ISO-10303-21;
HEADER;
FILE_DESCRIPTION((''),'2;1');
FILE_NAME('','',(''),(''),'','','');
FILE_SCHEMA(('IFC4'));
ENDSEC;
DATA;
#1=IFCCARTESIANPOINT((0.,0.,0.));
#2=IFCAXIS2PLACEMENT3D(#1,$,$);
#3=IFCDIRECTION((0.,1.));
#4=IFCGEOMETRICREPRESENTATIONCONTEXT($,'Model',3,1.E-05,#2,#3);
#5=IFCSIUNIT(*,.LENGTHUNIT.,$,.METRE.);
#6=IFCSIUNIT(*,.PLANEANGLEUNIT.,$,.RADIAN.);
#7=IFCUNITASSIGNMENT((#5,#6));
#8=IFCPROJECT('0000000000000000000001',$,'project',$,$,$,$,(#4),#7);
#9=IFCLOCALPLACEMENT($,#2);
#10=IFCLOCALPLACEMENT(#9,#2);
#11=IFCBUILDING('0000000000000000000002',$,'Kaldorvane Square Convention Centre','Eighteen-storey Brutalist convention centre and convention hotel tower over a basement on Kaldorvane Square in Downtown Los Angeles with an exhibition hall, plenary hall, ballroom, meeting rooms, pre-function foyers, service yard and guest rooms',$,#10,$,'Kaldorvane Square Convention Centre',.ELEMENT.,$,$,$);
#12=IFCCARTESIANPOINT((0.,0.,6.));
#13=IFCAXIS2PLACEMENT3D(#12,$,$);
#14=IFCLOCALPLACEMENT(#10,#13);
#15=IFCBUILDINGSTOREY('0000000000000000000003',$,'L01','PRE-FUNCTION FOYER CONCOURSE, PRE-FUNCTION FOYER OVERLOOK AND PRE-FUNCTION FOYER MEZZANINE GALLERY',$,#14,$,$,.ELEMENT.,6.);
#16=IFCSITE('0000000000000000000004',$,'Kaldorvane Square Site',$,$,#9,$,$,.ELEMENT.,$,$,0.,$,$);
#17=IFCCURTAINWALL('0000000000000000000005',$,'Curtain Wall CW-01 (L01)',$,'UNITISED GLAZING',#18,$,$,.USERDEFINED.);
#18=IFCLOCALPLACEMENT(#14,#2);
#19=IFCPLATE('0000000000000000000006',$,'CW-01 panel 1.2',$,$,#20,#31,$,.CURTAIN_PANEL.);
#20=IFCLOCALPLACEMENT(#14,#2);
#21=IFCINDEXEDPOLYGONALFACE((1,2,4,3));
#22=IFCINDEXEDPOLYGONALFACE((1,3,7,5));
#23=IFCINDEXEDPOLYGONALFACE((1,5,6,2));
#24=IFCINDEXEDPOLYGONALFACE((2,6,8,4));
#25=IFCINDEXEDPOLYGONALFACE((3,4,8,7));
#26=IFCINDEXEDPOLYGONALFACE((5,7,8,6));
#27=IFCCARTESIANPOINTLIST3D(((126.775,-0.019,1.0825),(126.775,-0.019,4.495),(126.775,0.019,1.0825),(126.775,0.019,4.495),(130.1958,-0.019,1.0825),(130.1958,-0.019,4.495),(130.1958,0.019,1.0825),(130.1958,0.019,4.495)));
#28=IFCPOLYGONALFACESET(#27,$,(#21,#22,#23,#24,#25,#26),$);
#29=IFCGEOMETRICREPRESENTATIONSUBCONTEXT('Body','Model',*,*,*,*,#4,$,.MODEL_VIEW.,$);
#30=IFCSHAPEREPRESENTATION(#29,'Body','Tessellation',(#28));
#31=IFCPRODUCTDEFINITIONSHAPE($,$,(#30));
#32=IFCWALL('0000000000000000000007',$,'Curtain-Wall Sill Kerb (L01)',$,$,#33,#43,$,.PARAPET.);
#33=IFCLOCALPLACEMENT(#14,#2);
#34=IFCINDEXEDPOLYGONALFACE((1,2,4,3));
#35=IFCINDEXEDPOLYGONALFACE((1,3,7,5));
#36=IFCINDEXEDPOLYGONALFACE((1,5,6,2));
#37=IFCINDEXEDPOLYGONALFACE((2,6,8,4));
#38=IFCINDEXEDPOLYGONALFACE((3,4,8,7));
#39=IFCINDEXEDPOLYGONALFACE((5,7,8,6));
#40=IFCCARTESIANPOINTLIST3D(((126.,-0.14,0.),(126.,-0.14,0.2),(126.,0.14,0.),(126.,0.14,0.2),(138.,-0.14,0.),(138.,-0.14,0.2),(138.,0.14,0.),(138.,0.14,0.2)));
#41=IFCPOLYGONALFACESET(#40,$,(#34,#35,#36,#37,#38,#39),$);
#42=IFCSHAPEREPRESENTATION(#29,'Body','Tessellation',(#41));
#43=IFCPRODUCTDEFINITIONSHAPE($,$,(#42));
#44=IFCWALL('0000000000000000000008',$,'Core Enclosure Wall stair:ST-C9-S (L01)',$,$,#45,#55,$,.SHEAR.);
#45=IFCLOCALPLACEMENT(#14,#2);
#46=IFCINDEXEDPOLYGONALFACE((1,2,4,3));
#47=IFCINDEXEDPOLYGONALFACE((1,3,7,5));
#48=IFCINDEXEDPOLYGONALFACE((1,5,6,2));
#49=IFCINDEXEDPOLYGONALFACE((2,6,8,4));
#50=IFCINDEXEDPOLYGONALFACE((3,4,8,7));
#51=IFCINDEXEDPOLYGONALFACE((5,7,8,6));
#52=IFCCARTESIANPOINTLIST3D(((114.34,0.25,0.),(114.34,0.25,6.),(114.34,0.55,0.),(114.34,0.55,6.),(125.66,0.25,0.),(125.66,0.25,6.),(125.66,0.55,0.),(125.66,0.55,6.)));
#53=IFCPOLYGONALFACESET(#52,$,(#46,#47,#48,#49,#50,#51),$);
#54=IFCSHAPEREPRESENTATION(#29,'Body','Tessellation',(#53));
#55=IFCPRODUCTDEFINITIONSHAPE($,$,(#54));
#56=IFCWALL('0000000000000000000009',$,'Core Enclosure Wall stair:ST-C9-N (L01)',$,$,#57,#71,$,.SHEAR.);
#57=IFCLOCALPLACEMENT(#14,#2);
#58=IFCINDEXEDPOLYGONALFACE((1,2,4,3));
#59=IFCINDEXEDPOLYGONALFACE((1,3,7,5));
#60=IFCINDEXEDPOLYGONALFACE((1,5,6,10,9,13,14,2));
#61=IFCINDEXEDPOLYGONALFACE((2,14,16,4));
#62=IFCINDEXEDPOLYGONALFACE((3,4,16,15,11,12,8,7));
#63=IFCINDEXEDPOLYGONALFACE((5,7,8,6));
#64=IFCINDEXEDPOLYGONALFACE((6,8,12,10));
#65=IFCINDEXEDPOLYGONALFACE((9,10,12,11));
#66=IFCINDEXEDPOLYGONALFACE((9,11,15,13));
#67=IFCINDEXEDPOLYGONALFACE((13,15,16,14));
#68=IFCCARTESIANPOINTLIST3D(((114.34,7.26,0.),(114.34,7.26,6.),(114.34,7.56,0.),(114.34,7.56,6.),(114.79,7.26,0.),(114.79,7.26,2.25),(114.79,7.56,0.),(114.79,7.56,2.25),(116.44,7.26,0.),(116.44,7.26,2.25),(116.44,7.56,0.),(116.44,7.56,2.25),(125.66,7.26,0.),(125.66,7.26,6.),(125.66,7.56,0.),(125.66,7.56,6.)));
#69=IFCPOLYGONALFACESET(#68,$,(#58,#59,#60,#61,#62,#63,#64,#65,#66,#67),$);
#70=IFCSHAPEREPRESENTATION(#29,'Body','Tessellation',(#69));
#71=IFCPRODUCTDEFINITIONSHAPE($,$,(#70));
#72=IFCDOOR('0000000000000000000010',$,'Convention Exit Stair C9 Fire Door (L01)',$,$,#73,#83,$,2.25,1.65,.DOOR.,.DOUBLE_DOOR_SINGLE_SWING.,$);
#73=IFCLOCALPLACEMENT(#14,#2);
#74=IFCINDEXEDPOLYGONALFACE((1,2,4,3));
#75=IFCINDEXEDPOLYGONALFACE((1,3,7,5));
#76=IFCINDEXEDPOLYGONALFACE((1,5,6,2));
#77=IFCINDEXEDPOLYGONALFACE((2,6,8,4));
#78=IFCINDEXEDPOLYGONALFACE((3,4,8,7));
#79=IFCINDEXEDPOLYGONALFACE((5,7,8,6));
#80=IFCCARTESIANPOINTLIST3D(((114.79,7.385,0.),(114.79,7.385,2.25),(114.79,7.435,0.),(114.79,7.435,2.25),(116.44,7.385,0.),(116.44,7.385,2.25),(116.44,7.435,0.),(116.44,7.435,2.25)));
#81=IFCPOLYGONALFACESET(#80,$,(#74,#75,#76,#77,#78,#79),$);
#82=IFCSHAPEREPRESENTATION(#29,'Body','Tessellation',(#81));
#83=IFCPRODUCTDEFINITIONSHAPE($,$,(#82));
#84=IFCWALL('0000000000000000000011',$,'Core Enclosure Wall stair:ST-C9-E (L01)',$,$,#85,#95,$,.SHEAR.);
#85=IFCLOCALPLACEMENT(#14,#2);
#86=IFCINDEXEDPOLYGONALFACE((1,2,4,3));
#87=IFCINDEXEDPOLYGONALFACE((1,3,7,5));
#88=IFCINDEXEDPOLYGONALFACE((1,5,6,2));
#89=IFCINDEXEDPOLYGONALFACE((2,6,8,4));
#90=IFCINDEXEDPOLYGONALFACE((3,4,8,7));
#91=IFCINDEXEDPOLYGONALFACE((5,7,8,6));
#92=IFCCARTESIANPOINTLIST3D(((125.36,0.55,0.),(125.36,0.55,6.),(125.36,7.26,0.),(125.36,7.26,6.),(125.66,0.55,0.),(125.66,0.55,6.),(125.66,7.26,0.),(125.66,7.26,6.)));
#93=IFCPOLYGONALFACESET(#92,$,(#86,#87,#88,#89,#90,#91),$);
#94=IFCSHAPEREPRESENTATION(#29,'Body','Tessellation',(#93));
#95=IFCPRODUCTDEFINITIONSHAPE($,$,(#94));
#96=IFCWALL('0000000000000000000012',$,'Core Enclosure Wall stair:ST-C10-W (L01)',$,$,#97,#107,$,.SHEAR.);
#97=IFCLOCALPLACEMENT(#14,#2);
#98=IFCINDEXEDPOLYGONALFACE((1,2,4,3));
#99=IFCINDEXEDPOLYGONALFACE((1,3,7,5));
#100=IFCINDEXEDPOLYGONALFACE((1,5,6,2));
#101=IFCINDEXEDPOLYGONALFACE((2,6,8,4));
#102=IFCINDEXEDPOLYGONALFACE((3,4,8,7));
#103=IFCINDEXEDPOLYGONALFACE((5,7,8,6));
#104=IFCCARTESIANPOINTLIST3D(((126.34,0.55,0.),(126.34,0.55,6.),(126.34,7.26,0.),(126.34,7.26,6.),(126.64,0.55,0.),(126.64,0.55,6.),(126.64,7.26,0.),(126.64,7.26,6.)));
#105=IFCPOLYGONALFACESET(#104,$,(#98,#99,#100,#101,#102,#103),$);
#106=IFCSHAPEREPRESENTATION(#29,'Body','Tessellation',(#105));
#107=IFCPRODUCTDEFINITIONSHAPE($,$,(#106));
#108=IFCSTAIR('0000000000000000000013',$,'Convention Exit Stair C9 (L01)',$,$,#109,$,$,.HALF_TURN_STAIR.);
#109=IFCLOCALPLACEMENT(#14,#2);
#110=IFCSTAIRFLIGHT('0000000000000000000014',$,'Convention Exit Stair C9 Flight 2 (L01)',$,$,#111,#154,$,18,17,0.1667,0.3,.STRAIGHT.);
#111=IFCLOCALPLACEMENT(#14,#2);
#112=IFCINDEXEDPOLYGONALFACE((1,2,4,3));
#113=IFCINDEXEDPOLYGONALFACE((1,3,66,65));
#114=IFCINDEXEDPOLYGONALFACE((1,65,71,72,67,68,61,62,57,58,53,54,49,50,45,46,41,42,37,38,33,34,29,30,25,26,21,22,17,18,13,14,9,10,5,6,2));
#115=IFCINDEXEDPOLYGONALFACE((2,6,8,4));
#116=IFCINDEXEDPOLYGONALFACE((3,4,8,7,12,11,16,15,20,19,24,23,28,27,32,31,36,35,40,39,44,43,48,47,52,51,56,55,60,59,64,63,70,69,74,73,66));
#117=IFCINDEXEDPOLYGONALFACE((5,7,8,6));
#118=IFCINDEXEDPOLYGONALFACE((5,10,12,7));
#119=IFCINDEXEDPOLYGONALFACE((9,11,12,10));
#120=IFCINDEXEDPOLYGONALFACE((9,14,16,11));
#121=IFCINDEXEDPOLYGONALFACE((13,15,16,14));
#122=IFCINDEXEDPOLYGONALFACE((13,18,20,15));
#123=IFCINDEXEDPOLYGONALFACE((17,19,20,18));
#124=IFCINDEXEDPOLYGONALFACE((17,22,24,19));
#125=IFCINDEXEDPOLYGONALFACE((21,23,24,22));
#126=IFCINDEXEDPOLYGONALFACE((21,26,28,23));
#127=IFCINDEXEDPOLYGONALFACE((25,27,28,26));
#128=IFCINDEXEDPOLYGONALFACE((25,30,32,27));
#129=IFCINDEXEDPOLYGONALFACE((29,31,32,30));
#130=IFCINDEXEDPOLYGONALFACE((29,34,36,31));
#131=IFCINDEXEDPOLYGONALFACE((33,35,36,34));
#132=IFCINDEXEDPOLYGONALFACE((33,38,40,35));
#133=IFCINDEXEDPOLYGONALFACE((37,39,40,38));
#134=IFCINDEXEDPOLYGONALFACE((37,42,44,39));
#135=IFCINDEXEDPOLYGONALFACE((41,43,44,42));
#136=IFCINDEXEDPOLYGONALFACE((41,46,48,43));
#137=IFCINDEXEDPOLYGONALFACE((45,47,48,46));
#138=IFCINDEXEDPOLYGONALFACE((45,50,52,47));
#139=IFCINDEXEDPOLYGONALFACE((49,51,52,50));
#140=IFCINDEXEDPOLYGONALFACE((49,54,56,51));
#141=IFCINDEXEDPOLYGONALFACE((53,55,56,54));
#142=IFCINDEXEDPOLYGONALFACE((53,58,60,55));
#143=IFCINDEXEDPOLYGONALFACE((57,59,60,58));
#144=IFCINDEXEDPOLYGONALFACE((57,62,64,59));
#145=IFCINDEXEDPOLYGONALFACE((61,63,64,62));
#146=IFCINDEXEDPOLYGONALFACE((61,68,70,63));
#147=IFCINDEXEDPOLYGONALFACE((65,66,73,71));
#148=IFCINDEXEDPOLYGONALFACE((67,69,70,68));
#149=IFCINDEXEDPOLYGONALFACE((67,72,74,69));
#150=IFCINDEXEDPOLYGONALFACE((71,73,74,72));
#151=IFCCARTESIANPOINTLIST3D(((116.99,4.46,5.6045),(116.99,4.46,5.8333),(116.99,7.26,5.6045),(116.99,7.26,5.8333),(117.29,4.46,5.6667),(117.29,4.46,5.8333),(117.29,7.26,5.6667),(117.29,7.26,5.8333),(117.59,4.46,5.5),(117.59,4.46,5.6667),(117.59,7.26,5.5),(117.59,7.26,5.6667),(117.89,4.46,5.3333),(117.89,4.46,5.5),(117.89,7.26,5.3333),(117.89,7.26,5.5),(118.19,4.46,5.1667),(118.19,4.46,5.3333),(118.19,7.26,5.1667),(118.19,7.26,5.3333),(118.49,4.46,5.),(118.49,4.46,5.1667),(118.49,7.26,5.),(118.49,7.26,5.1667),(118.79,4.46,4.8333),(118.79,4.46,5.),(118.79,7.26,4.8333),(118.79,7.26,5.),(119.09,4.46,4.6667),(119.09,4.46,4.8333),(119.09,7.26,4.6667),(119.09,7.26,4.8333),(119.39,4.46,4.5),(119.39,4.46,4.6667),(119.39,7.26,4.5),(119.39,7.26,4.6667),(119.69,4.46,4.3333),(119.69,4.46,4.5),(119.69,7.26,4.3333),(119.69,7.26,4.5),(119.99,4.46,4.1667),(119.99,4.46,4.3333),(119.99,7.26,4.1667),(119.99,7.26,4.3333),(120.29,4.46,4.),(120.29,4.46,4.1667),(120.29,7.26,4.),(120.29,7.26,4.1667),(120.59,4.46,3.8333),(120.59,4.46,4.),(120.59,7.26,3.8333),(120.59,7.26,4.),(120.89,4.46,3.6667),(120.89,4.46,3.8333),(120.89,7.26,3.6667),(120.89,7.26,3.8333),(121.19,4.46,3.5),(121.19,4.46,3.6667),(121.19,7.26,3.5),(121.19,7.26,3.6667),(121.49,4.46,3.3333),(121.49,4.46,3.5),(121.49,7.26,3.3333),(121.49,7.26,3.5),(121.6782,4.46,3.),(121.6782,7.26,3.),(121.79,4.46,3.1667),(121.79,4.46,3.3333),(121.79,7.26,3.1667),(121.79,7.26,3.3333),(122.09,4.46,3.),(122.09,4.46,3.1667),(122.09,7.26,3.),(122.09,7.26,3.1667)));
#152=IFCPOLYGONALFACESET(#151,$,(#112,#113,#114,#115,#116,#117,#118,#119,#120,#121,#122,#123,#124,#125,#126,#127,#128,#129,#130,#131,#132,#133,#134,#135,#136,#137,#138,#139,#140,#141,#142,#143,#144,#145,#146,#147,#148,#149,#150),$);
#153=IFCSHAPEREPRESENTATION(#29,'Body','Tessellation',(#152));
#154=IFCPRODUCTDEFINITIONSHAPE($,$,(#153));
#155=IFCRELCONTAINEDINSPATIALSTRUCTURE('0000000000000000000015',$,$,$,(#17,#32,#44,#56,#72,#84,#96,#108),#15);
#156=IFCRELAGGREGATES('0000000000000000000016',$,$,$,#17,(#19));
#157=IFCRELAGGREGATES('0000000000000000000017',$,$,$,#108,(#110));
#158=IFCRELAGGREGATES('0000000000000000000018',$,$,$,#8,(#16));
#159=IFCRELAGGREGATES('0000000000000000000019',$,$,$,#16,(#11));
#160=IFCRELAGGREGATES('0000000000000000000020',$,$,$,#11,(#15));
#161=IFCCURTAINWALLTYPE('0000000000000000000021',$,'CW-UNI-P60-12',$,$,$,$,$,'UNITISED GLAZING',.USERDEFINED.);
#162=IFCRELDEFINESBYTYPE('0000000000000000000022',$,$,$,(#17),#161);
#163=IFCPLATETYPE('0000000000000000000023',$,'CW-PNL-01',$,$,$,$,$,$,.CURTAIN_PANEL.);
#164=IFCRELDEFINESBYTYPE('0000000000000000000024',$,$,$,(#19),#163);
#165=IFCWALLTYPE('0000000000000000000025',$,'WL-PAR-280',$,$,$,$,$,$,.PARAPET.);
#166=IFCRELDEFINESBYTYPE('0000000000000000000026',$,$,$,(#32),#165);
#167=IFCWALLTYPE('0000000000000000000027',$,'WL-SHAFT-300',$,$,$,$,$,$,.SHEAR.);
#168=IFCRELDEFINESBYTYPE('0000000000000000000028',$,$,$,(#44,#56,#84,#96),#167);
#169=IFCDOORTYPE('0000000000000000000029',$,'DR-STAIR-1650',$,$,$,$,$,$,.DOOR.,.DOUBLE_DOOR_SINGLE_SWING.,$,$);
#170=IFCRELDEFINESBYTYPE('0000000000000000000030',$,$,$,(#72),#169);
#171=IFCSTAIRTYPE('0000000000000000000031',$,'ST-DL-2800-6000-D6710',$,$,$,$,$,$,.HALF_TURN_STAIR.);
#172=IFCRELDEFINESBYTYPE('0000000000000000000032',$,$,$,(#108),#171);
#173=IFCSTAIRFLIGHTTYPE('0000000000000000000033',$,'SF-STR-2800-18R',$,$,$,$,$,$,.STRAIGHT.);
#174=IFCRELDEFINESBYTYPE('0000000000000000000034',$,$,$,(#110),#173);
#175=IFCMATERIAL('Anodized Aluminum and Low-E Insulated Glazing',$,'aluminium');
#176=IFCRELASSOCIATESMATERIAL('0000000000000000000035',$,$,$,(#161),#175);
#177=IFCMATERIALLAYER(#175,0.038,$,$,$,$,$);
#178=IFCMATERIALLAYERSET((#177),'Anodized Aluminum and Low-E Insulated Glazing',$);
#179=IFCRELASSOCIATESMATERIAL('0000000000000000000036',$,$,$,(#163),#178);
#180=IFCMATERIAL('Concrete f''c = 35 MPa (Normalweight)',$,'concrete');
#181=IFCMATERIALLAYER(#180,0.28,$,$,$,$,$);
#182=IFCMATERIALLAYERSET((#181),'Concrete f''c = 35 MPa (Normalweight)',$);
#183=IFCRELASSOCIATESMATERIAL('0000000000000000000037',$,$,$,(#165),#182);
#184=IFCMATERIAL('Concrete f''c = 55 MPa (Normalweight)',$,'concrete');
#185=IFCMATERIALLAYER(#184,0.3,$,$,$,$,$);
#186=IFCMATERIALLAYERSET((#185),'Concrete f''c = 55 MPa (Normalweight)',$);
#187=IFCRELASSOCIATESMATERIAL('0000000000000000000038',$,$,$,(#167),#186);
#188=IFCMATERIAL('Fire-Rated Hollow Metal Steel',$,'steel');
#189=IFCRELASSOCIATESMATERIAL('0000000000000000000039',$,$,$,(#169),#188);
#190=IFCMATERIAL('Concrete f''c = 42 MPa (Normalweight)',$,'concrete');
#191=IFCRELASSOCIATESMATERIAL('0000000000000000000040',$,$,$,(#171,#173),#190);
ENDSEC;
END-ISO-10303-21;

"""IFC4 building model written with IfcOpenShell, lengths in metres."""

from ifc_helpers import new_model, si_unit, direction, frame, frame_2d, origin, origin_2d, place, context, subcontext, project, spatial, polyline, rectangle, outline, extrude, material, layer, layer_set, type_object, element, fill, aggregate, save


model = new_model("IFC4")

# Units and contexts
model_context = context("Model", 3, precision=1e-05, world=origin(), true_north=direction((0.0, 1.0)))
body_context = subcontext(model_context, "Body", "Model", "MODEL_VIEW")
ifc_project = project(units=[si_unit("LENGTHUNIT", "METRE"), si_unit("PLANEANGLEUNIT", "RADIAN")], contexts=[model_context])

# Site, building, storey
site_placement = place(None, origin())
site = spatial("IfcSite", under=ifc_project, at=site_placement, Name="Kaldorvane Square Site", CompositionType="ELEMENT", RefElevation=0.0)
building_placement = place(site_placement, origin())
building = spatial("IfcBuilding", under=site, at=building_placement, Name="Kaldorvane Square Convention Centre", Description="Eighteen-storey Brutalist convention centre and convention hotel tower over a basement on Kaldorvane Square in Downtown Los Angeles with an exhibition hall, plenary hall, ballroom, meeting rooms, pre-function foyers, service yard and guest rooms", LongName="Kaldorvane Square Convention Centre", CompositionType="ELEMENT")
storey_placement = place(building_placement, frame((0.0, 0.0, 6.0)))
storey = spatial("IfcBuildingStorey", under=building, at=storey_placement, Name="L01", Description="PRE-FUNCTION FOYER CONCOURSE, PRE-FUNCTION FOYER OVERLOOK AND PRE-FUNCTION FOYER MEZZANINE GALLERY", CompositionType="ELEMENT", Elevation=6.0)

# Shared definitions
ifc_material_1 = material(Name="Concrete f'c = 42 MPa (Normalweight)", Category="concrete")

# Curtain wall, plate
ifc_material_2 = material(Name="Anodized Aluminum and Low-E Insulated Glazing", Category="aluminium")
curtain_wall_type = type_object("IfcCurtainWallType", Name="CW-UNI-P60-12", ElementType="UNITISED GLAZING", PredefinedType="USERDEFINED", material=ifc_material_2)
curtain_wall_placement = place(storey_placement, origin())
curtain_wall = element("IfcCurtainWall", 1, at=curtain_wall_placement, inside=storey, type_object=curtain_wall_type, Name="Curtain Wall CW-01 (L01)", ObjectType="UNITISED GLAZING", PredefinedType="USERDEFINED")
ifc_layer_1 = layer(ifc_material_2, 0.038)
ifc_layer_set_1 = layer_set([ifc_layer_1], Name="Anodized Aluminum and Low-E Insulated Glazing")
plate_type = type_object("IfcPlateType", Name="CW-PNL-01", PredefinedType="CURTAIN_PANEL", material=ifc_layer_set_1)
plate_1_placement = place(storey_placement, frame((128.4854, 0.0, 1.0825), z_axis=(0.0, 0.0, 1.0), x_axis=(1.0, 0.0, 0.0)))
plate_1 = element("IfcPlate", 2, at=plate_1_placement, type_object=plate_type, Name="CW-01 panel 1.2", PredefinedType="CURTAIN_PANEL", context=body_context, shape_type="SweptSolid", body=[
    extrude(rectangle(XDim=3.4208, YDim=0.038, at=origin_2d()), origin(), (0.0, 0.0, 1.0), 3.4125),
])
aggregate(curtain_wall, [plate_1])

# Walls
ifc_material_3 = material(Name="Concrete f'c = 35 MPa (Normalweight)", Category="concrete")
ifc_layer_2 = layer(ifc_material_3, 0.28)
ifc_layer_set_2 = layer_set([ifc_layer_2], Name="Concrete f'c = 35 MPa (Normalweight)")
wall_type_1 = type_object("IfcWallType", Name="WL-PAR-280", PredefinedType="PARAPET", material=ifc_layer_set_2)
wall_1_placement = place(storey_placement, frame((126.0, 0.0, 0.0), z_axis=(0.0, 0.0, 1.0), x_axis=(1.0, 0.0, 0.0)))
element("IfcWall", 3, at=wall_1_placement, inside=storey, type_object=wall_type_1, Name="Curtain-Wall Sill Kerb (L01)", PredefinedType="PARAPET", context=body_context, shape_type="SweptSolid", body=[
    extrude(rectangle(XDim=12.0, YDim=0.28, at=frame_2d((6.0, 0.0))), origin(), (0.0, 0.0, 1.0), 0.2),
])
ifc_material_4 = material(Name="Concrete f'c = 55 MPa (Normalweight)", Category="concrete")
ifc_layer_3 = layer(ifc_material_4, 0.3)
ifc_layer_set_3 = layer_set([ifc_layer_3], Name="Concrete f'c = 55 MPa (Normalweight)")
wall_type_2 = type_object("IfcWallType", Name="WL-SHAFT-300", PredefinedType="SHEAR", material=ifc_layer_set_3)
wall_2_placement = place(storey_placement, frame((125.66, 0.4, 0.0), z_axis=(0.0, 0.0, 1.0), x_axis=(-1.0, 0.0, 0.0)))
element("IfcWall", 4, at=wall_2_placement, inside=storey, type_object=wall_type_2, Name="Core Enclosure Wall stair:ST-C9-S (L01)", PredefinedType="SHEAR", context=body_context, shape_type="SweptSolid", body=[
    extrude(rectangle(XDim=11.32, YDim=0.3, at=frame_2d((5.66, 0.0))), origin(), (0.0, 0.0, 1.0), 6.0),
])

# Wall, opening, door
wall_3_placement = place(storey_placement, frame((125.66, 7.41, 0.0), z_axis=(0.0, 0.0, 1.0), x_axis=(-1.0, 0.0, 0.0)))
wall_3 = element("IfcWall", 5, at=wall_3_placement, inside=storey, type_object=wall_type_2, Name="Core Enclosure Wall stair:ST-C9-N (L01)", PredefinedType="SHEAR", context=body_context, shape_type="SweptSolid", body=[
    extrude(rectangle(XDim=11.32, YDim=0.3, at=frame_2d((5.66, 0.0))), origin(), (0.0, 0.0, 1.0), 6.0),
])
opening_placement = place(wall_3_placement, frame((9.22, 0.0, 0.0)))
opening = element("IfcOpeningElement", 6, at=opening_placement, cuts=wall_3, PredefinedType="OPENING", context=body_context, shape_type="SweptSolid", body=[
    extrude(rectangle(XDim=1.65, YDim=2.25, at=frame_2d((0.825, 1.125))), frame((0.0, 0.165, 0.0), z_axis=(0.0, -1.0, 0.0), x_axis=(1.0, 0.0, 0.0)), (0.0, 0.0, 1.0), 0.33),
])
ifc_material_5 = material(Name="Fire-Rated Hollow Metal Steel", Category="steel")
door_type = type_object("IfcDoorType", Name="DR-STAIR-1650", OperationType="DOUBLE_DOOR_SINGLE_SWING", PredefinedType="DOOR", material=ifc_material_5)
door_placement = place(opening_placement, origin())
door = element("IfcDoor", 7, at=door_placement, inside=storey, type_object=door_type, Name="Convention Exit Stair C9 Fire Door (L01)", OperationType="DOUBLE_DOOR_SINGLE_SWING", OverallHeight=2.25, OverallWidth=1.65, PredefinedType="DOOR", context=body_context, shape_type="SweptSolid", body=[
    extrude(rectangle(XDim=1.65, YDim=2.25, at=frame_2d((0.825, 1.125))), frame((0.0, 0.025, 0.0), z_axis=(0.0, -1.0, 0.0), x_axis=(1.0, 0.0, 0.0)), (0.0, 0.0, 1.0), 0.05),
])
fill(opening, door)

# Walls
for number, where, z_axis, x_axis, name in (
    (8, (125.51, 0.55, 0.0), (0.0, 0.0, 1.0), (0.0, 1.0, 0.0), "Core Enclosure Wall stair:ST-C9-E (L01)"),
    (9, (126.49, 7.26, 0.0), (0.0, 0.0, 1.0), (0.0, -1.0, 0.0), "Core Enclosure Wall stair:ST-C10-W (L01)"),
):
    element("IfcWall", number, at=place(storey_placement, frame(where, z_axis=z_axis, x_axis=x_axis)), inside=storey, type_object=wall_type_2, Name=name, PredefinedType="SHEAR", context=body_context, shape_type="SweptSolid", body=[
        extrude(rectangle(XDim=6.71, YDim=0.3, at=frame_2d((3.355, 0.0))), origin(), (0.0, 0.0, 1.0), 6.0),
    ])

# Stair, stair flight
stair_type = type_object("IfcStairType", Name="ST-DL-2800-6000-D6710", PredefinedType="HALF_TURN_STAIR", material=ifc_material_1)
stair_1_placement = place(storey_placement, origin())
stair_1 = element("IfcStair", 10, at=stair_1_placement, inside=storey, type_object=stair_type, Name="Convention Exit Stair C9 (L01)", PredefinedType="HALF_TURN_STAIR")
stair_flight_type = type_object("IfcStairFlightType", Name="SF-STR-2800-18R", PredefinedType="STRAIGHT", material=ifc_material_1)
stair_flight_1_placement = place(storey_placement, frame((122.09, 5.86, 3.0), z_axis=(0.0, 0.0, 1.0), x_axis=(-1.0, 0.0, 0.0)))
stair_flight_1 = element("IfcStairFlight", 11, at=stair_flight_1_placement, type_object=stair_flight_type, Name="Convention Exit Stair C9 Flight 2 (L01)", NumberOfRisers=18, NumberOfTreads=17, PredefinedType="STRAIGHT", RiserHeight=0.1667, TreadLength=0.3, context=body_context, shape_type="SweptSolid", body=[
    extrude(outline(polyline([(0.0, 0.0), (0.0, 0.1667), (0.3, 0.1667), (0.3, 0.3333), (0.6, 0.3333), (0.6, 0.5), (0.9, 0.5), (0.9, 0.6667), (1.2, 0.6667), (1.2, 0.8333), (1.5, 0.8333), (1.5, 1.0), (1.8, 1.0), (1.8, 1.1667), (2.1, 1.1667), (2.1, 1.3333), (2.4, 1.3333), (2.4, 1.5), (2.7, 1.5), (2.7, 1.6667), (3.0, 1.6667), (3.0, 1.8333), (3.3, 1.8333), (3.3, 2.0), (3.6, 2.0), (3.6, 2.1667), (3.9, 2.1667), (3.9, 2.3333), (4.2, 2.3333), (4.2, 2.5), (4.5, 2.5), (4.5, 2.6667), (4.8, 2.6667), (4.8, 2.8333), (5.1, 2.8333), (5.1, 3.0), (5.1, 2.6045), (0.4118, 0.0), (0.0, 0.0)])), frame((0.0, 1.4, 0.0), z_axis=(0.0, -1.0, 0.0), x_axis=(1.0, 0.0, 0.0)), (0.0, 0.0, 1.0), 2.8),
])
aggregate(stair_1, [stair_flight_1])

save(model, "model.ifc")
